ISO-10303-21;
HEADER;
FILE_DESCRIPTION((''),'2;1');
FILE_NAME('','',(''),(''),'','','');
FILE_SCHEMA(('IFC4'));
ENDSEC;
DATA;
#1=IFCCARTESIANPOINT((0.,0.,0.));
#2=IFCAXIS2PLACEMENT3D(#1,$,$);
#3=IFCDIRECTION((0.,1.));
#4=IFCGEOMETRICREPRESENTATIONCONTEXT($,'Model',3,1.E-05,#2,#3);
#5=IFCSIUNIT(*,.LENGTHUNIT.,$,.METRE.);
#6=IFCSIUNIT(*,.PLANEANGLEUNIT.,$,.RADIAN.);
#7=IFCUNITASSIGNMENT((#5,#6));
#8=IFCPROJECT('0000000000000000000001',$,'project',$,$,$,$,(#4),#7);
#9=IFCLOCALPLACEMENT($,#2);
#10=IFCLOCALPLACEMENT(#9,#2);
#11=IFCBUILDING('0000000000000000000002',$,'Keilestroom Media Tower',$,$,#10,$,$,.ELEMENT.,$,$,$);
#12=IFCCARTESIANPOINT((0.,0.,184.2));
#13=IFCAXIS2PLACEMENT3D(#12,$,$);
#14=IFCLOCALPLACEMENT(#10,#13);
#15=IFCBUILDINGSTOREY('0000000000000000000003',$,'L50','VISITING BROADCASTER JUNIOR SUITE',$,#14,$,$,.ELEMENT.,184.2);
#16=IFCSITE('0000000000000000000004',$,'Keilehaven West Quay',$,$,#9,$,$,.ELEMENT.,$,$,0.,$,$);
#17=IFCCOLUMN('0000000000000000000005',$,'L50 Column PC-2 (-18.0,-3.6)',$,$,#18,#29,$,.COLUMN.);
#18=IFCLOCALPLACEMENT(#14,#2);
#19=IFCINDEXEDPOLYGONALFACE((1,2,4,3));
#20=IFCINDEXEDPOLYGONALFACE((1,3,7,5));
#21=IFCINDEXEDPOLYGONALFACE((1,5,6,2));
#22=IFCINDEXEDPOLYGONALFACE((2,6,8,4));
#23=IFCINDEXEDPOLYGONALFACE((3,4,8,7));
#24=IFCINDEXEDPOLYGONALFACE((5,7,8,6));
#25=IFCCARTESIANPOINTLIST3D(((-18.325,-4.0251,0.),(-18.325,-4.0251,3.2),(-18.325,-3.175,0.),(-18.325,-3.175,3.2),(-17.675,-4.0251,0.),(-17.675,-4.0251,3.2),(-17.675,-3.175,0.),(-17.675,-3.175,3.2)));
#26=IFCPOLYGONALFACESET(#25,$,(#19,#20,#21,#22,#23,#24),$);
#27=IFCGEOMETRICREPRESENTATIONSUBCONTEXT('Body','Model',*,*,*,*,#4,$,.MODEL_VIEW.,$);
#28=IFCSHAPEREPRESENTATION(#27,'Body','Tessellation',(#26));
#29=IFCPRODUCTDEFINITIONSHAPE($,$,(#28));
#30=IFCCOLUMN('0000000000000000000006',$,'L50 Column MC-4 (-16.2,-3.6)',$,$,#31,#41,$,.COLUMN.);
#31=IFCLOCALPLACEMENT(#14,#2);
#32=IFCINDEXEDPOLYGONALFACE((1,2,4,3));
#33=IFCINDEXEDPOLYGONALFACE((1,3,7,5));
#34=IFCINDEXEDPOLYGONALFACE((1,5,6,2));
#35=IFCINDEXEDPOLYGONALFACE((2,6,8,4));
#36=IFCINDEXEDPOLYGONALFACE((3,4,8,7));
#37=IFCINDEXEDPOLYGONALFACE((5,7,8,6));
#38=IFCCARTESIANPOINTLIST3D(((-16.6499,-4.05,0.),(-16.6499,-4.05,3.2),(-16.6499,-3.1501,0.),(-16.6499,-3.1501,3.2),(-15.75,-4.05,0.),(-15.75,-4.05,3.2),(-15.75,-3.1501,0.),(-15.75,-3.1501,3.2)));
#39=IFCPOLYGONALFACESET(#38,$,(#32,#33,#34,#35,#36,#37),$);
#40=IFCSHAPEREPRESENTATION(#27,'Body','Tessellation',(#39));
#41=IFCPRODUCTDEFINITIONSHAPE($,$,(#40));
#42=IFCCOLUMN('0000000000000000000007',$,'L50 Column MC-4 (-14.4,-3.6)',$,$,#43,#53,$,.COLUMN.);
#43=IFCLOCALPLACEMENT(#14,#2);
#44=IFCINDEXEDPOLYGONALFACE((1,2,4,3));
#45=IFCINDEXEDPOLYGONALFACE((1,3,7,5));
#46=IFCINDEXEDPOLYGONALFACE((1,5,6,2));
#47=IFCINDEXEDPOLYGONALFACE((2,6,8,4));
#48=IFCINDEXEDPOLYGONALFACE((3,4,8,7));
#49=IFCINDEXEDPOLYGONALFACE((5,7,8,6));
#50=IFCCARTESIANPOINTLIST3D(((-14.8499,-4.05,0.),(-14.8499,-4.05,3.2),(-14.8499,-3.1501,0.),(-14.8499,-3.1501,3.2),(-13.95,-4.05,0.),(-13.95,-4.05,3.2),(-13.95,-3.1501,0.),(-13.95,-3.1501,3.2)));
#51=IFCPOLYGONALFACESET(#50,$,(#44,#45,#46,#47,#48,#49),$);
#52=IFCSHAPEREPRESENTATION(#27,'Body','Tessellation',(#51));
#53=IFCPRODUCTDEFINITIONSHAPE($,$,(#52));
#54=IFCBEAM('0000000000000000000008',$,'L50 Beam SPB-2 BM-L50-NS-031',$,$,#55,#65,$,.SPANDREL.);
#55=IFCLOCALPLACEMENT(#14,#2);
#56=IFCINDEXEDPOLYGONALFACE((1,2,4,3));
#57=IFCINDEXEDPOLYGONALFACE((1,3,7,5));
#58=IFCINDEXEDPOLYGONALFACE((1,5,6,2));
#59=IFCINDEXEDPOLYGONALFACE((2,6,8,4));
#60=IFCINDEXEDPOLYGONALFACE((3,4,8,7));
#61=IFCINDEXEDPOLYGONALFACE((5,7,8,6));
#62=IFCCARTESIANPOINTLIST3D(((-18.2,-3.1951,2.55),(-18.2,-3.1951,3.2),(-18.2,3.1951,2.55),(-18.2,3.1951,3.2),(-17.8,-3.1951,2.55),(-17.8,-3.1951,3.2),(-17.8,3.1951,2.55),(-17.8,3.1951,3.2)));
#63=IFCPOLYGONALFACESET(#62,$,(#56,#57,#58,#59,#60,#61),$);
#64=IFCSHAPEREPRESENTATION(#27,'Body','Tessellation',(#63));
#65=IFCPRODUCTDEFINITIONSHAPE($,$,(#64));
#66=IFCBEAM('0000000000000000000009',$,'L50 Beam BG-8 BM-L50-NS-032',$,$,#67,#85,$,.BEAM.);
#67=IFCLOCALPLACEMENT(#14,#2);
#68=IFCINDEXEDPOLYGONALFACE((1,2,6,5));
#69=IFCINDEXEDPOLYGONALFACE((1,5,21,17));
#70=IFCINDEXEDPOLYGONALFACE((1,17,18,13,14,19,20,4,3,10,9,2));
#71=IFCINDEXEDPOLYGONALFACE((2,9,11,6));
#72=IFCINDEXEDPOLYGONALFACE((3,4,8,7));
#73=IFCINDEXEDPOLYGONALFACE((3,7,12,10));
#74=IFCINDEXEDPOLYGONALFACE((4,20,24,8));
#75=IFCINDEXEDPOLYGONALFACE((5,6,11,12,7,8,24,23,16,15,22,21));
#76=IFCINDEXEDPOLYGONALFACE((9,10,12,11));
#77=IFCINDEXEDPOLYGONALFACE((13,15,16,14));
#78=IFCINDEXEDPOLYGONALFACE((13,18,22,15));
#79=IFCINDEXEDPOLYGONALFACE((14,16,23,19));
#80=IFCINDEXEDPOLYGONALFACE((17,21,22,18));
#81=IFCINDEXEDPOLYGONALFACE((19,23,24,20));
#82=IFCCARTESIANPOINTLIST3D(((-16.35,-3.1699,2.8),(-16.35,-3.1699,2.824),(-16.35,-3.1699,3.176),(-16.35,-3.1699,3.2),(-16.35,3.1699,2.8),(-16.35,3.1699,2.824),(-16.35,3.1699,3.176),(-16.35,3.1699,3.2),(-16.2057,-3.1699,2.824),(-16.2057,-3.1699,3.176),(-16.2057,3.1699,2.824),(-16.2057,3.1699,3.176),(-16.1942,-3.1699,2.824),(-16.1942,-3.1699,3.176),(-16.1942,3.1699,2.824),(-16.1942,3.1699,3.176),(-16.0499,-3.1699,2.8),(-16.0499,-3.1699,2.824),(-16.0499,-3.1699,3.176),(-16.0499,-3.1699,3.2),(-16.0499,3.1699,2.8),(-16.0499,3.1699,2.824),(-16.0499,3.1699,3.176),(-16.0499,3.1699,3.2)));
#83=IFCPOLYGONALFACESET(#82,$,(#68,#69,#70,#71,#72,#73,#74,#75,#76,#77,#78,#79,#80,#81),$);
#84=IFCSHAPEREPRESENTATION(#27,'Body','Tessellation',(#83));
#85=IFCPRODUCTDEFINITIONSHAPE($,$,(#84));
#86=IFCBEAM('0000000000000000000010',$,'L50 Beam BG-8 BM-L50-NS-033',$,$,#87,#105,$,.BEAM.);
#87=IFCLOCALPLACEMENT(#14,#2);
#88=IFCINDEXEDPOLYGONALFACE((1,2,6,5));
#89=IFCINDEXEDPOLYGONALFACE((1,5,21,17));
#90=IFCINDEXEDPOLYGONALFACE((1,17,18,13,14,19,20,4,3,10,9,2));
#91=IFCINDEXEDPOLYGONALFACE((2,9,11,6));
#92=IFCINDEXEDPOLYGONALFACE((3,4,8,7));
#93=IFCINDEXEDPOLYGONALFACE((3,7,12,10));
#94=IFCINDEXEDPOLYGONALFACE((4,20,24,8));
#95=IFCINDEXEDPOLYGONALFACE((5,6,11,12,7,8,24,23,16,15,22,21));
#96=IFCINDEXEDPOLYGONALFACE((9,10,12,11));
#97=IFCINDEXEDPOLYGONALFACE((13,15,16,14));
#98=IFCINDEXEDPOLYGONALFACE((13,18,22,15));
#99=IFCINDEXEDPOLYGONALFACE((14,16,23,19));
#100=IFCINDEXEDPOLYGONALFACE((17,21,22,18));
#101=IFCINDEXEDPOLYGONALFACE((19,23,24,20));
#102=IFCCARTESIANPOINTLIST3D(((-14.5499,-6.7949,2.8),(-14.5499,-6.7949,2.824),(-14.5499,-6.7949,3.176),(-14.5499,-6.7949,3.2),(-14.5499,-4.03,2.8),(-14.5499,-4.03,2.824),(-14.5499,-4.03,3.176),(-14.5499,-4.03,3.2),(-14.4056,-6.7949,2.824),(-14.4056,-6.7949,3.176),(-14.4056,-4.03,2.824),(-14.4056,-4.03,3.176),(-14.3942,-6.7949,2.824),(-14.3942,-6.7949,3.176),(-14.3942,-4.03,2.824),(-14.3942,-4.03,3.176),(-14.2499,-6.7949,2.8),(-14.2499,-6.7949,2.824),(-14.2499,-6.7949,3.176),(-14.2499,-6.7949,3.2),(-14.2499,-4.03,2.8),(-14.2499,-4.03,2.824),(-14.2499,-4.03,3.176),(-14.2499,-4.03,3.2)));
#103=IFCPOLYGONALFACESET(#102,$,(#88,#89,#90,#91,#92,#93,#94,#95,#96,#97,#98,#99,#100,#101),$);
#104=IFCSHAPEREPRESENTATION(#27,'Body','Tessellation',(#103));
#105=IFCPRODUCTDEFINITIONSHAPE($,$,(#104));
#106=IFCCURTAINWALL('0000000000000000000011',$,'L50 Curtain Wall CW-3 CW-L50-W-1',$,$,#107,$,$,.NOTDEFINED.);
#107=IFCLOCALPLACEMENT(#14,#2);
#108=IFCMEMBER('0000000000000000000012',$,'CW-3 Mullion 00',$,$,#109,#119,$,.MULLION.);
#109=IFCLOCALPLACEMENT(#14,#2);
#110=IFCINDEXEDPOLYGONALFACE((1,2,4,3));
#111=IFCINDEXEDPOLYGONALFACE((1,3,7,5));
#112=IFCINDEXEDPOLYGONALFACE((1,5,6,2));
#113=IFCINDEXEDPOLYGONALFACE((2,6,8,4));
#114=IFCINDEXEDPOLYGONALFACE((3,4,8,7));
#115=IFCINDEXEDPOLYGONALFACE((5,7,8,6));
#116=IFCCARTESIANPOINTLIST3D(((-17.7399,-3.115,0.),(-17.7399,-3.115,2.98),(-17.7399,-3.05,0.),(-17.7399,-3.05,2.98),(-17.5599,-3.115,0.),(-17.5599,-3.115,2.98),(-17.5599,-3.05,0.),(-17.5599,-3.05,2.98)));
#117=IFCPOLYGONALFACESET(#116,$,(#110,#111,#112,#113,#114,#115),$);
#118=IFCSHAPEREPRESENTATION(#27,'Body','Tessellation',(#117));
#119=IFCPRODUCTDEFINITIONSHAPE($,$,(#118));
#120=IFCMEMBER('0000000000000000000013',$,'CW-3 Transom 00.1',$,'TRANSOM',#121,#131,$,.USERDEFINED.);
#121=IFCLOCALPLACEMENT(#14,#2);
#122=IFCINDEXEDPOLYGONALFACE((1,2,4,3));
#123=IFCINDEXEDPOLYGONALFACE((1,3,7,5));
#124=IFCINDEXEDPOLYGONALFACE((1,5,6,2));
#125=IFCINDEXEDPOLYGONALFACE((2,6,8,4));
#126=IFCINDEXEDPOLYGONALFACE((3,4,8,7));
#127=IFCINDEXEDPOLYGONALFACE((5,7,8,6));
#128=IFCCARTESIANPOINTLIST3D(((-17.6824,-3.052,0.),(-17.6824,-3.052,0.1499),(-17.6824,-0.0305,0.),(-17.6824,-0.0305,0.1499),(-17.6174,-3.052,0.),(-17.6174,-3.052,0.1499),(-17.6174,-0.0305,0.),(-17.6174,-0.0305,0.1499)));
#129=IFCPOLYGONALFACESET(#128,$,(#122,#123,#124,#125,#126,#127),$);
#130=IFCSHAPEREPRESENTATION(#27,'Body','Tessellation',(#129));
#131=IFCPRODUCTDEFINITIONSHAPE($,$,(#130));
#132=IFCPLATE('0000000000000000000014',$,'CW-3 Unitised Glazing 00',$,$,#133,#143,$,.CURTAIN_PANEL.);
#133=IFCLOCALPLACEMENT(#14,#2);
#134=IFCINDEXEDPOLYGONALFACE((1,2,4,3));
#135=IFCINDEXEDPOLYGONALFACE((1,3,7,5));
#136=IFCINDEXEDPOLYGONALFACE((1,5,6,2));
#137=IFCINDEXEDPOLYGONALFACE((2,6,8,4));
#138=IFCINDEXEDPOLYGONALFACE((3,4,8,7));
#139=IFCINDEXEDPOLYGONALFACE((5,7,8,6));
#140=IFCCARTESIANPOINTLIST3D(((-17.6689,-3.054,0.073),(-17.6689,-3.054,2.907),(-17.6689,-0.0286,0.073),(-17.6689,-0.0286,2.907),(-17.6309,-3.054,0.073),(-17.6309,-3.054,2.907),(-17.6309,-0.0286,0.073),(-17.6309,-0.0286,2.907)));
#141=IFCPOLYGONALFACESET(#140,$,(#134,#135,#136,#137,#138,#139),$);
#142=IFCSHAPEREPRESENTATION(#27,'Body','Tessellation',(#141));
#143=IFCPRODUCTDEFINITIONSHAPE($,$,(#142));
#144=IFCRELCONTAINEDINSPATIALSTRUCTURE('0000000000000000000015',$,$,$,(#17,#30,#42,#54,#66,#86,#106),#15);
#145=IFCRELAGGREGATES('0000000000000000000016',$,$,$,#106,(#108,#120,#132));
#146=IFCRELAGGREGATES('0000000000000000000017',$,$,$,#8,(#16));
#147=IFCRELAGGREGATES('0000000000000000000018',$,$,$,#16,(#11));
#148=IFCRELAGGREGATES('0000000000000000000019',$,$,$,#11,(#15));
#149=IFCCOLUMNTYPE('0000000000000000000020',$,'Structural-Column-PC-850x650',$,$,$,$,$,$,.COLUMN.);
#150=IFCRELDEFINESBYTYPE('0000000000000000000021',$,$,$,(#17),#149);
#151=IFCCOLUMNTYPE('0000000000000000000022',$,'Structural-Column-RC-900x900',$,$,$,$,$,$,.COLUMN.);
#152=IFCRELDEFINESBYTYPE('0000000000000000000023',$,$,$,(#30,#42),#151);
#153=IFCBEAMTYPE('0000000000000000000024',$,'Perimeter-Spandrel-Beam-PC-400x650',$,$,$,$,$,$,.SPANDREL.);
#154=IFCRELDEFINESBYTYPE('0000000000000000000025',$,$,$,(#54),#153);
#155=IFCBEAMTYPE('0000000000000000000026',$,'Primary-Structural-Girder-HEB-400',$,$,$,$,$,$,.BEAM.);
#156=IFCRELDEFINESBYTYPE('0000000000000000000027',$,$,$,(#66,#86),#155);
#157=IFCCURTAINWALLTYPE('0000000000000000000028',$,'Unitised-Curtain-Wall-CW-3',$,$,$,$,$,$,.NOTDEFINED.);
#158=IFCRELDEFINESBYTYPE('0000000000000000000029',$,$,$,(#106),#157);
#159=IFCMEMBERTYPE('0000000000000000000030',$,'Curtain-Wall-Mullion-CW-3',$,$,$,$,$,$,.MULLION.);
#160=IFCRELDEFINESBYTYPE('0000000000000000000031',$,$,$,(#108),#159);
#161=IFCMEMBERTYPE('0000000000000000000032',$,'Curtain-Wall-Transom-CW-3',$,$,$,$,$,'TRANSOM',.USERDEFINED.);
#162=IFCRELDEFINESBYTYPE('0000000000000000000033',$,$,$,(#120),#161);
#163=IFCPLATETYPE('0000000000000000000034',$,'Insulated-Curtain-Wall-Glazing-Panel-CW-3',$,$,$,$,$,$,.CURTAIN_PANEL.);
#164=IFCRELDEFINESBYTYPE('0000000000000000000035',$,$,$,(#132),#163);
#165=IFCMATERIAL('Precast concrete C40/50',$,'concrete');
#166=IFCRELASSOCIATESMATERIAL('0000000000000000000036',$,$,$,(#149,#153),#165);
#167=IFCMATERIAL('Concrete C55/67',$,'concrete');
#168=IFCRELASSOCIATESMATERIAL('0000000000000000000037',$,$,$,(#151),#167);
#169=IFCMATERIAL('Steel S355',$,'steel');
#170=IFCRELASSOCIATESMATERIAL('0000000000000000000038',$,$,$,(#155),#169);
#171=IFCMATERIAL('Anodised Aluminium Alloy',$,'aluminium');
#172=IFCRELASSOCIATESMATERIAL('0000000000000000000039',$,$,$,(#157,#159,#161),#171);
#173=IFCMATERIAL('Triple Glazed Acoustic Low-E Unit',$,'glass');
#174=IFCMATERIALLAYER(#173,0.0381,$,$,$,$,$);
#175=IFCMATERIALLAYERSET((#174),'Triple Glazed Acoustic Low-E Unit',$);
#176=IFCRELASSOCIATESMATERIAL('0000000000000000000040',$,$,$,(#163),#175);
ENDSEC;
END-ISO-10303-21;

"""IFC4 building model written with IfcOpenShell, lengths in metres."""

from ifc_helpers import new_model, si_unit, direction, frame, origin, origin_2d, place, context, subcontext, project, spatial, rectangle, i_section, extrude, source, transform, mapped, material, layer, layer_set, material_profile, profile_set, type_object, element, aggregate, save


model = new_model("IFC4")

# Units and contexts
model_context = context("Model", 3, precision=1e-05, world=origin(), true_north=direction((0.0, 1.0)))
body_context = subcontext(model_context, "Body", "Model", "MODEL_VIEW")
ifc_project = project(units=[si_unit("LENGTHUNIT", "METRE"), si_unit("PLANEANGLEUNIT", "RADIAN")], contexts=[model_context])

# Site, building, storey
site_placement = place(None, origin())
site = spatial("IfcSite", under=ifc_project, at=site_placement, Name="Keilehaven West Quay", CompositionType="ELEMENT", RefElevation=0.0)
building_placement = place(site_placement, origin())
building = spatial("IfcBuilding", under=site, at=building_placement, Name="Keilestroom Media Tower", CompositionType="ELEMENT")
storey_placement = place(building_placement, frame((0.0, 0.0, 184.2)))
storey = spatial("IfcBuildingStorey", under=building, at=storey_placement, Name="L50", Description="VISITING BROADCASTER JUNIOR SUITE", CompositionType="ELEMENT", Elevation=184.2)

# Columns
ifc_material_1 = material(Name="Precast concrete C40/50", Category="concrete")
ifc_material_profile_1 = material_profile(ifc_material_1, rectangle(XDim=0.6499, YDim=0.8501, at=origin_2d()), Name="PC 850x650")
ifc_profile_set_1 = profile_set([ifc_material_profile_1], Name="Precast concrete C40/50")
column_type_1 = type_object("IfcColumnType", Name="Structural-Column-PC-850x650", PredefinedType="COLUMN", material=ifc_profile_set_1)
shared_shape_1 = source(origin(), body_context, "Body", "SweptSolid", [
    extrude(rectangle(XDim=0.6499, YDim=0.8501, at=origin_2d()), origin(), (0.0, 0.0, 1.0), 3.2),
])
column_placement = place(storey_placement, frame((-18.0, -3.6001, 0.0), z_axis=(0.0, 0.0, 1.0), x_axis=(1.0, 0.0, 0.0)))
element("IfcColumn", 1, at=column_placement, inside=storey, type_object=column_type_1, Name="L50 Column PC-2 (-18.0,-3.6)", PredefinedType="COLUMN", context=body_context, shape_type="MappedRepresentation", body=[
    mapped(shared_shape_1, transform((0.0, 0.0, 0.0), x_axis=(1.0, 0.0, 0.0), y_axis=(0.0, 1.0, 0.0), z_axis=(0.0, 0.0, 1.0), scale=1.0)),
])
ifc_material_2 = material(Name="Concrete C55/67", Category="concrete")
ifc_material_profile_2 = material_profile(ifc_material_2, rectangle(XDim=0.8999, YDim=0.8999, at=origin_2d()), Name="RC 900x900")
ifc_profile_set_2 = profile_set([ifc_material_profile_2], Name="Concrete C55/67")
column_type_2 = type_object("IfcColumnType", Name="Structural-Column-RC-900x900", PredefinedType="COLUMN", material=ifc_profile_set_2)
shared_shape_2 = source(origin(), body_context, "Body", "SweptSolid", [
    extrude(rectangle(XDim=0.8999, YDim=0.8999, at=origin_2d()), origin(), (0.0, 0.0, 1.0), 3.2),
])
for number, where, z_axis, x_axis, name in (
    (2, (-16.2, -3.6001, 0.0), (0.0, 0.0, 1.0), (1.0, 0.0, 0.0), "L50 Column MC-4 (-16.2,-3.6)"),
    (3, (-14.3999, -3.6001, 0.0), (0.0, 0.0, 1.0), (1.0, 0.0, 0.0), "L50 Column MC-4 (-14.4,-3.6)"),
):
    element("IfcColumn", number, at=place(storey_placement, frame(where, z_axis=z_axis, x_axis=x_axis)), inside=storey, type_object=column_type_2, Name=name, PredefinedType="COLUMN", context=body_context, shape_type="MappedRepresentation", body=[
        mapped(shared_shape_2, transform((0.0, 0.0, 0.0), x_axis=(1.0, 0.0, 0.0), y_axis=(0.0, 1.0, 0.0), z_axis=(0.0, 0.0, 1.0), scale=1.0)),
    ])

# Beams
ifc_material_profile_3 = material_profile(ifc_material_1, rectangle(XDim=0.3999, YDim=0.6499, at=origin_2d()), Name="PC 400x650")
ifc_profile_set_3 = profile_set([ifc_material_profile_3], Name="Precast concrete C40/50")
beam_type_1 = type_object("IfcBeamType", Name="Perimeter-Spandrel-Beam-PC-400x650", PredefinedType="SPANDREL", material=ifc_profile_set_3)
shared_shape_3 = source(origin(), body_context, "Body", "SweptSolid", [
    extrude(rectangle(XDim=0.3999, YDim=0.6499, at=origin_2d()), origin(), (0.0, 0.0, 1.0), 6.3901),
])
beam_1_placement = place(storey_placement, frame((-18.0, -3.1951, 2.875), z_axis=(0.0, 1.0, 0.0), x_axis=(-1.0, 0.0, 0.0)))
element("IfcBeam", 4, at=beam_1_placement, inside=storey, type_object=beam_type_1, Name="L50 Beam SPB-2 BM-L50-NS-031", PredefinedType="SPANDREL", context=body_context, shape_type="MappedRepresentation", body=[
    mapped(shared_shape_3, transform((0.0, 0.0, 0.0), x_axis=(1.0, 0.0, 0.0), y_axis=(0.0, 1.0, 0.0), z_axis=(0.0, 0.0, 1.0), scale=1.0)),
])
ifc_material_3 = material(Name="Steel S355", Category="steel")
ifc_material_profile_4 = material_profile(ifc_material_3, i_section(OverallWidth=0.3, OverallDepth=0.3999, WebThickness=0.0115, FlangeThickness=0.0239, at=origin_2d()), Name="HEB 400")
ifc_profile_set_4 = profile_set([ifc_material_profile_4], Name="Steel S355")
beam_type_2 = type_object("IfcBeamType", Name="Primary-Structural-Girder-HEB-400", PredefinedType="BEAM", material=ifc_profile_set_4)
shared_shape_4 = source(origin(), body_context, "Body", "SweptSolid", [
    extrude(i_section(OverallWidth=0.3, OverallDepth=0.3999, WebThickness=0.0115, FlangeThickness=0.0239, at=origin_2d()), origin(), (0.0, 0.0, 1.0), 6.3398),
])
beam_2_placement = place(storey_placement, frame((-16.2, -3.1699, 3.0), z_axis=(0.0, 1.0, 0.0), x_axis=(-1.0, 0.0, 0.0)))
element("IfcBeam", 5, at=beam_2_placement, inside=storey, type_object=beam_type_2, Name="L50 Beam BG-8 BM-L50-NS-032", PredefinedType="BEAM", context=body_context, shape_type="MappedRepresentation", body=[
    mapped(shared_shape_4, transform((0.0, 0.0, 0.0), x_axis=(1.0, 0.0, 0.0), y_axis=(0.0, 1.0, 0.0), z_axis=(0.0, 0.0, 1.0), scale=1.0)),
])
shared_shape_5 = source(origin(), body_context, "Body", "SweptSolid", [
    extrude(i_section(OverallWidth=0.3, OverallDepth=0.3999, WebThickness=0.0115, FlangeThickness=0.0239, at=origin_2d()), origin(), (0.0, 0.0, 1.0), 2.7649),
])
beam_3_placement = place(storey_placement, frame((-14.3999, -6.7949, 3.0), z_axis=(0.0, 1.0, 0.0), x_axis=(-1.0, 0.0, 0.0)))
element("IfcBeam", 6, at=beam_3_placement, inside=storey, type_object=beam_type_2, Name="L50 Beam BG-8 BM-L50-NS-033", PredefinedType="BEAM", context=body_context, shape_type="MappedRepresentation", body=[
    mapped(shared_shape_5, transform((0.0, 0.0, 0.0), x_axis=(1.0, 0.0, 0.0), y_axis=(0.0, 1.0, 0.0), z_axis=(0.0, 0.0, 1.0), scale=1.0)),
])

# Curtain wall, members, plate
ifc_material_4 = material(Name="Anodised Aluminium Alloy", Category="aluminium")
curtain_wall_type = type_object("IfcCurtainWallType", Name="Unitised-Curtain-Wall-CW-3", PredefinedType="NOTDEFINED", material=ifc_material_4)
curtain_wall_placement = place(storey_placement, origin())
curtain_wall = element("IfcCurtainWall", 7, at=curtain_wall_placement, inside=storey, type_object=curtain_wall_type, Name="L50 Curtain Wall CW-3 CW-L50-W-1", PredefinedType="NOTDEFINED")
ifc_material_profile_5 = material_profile(ifc_material_4, rectangle(XDim=0.0649, YDim=0.1799, at=origin_2d()), Name="ALU MULLION 65x180")
ifc_profile_set_5 = profile_set([ifc_material_profile_5], Name="Anodised Aluminium Alloy")
member_type_1 = type_object("IfcMemberType", Name="Curtain-Wall-Mullion-CW-3", PredefinedType="MULLION", material=ifc_profile_set_5)
shared_shape_6 = source(origin(), body_context, "Body", "SweptSolid", [
    extrude(rectangle(XDim=0.0649, YDim=0.1799, at=origin_2d()), origin(), (0.0, 0.0, 1.0), 2.98),
])
member_1_placement = place(storey_placement, frame((-17.6499, -3.0825, 0.0), z_axis=(0.0, 0.0, 1.0), x_axis=(0.0, 1.0, 0.0)))
member_1 = element("IfcMember", 8, at=member_1_placement, type_object=member_type_1, Name="CW-3 Mullion 00", PredefinedType="MULLION", context=body_context, shape_type="MappedRepresentation", body=[
    mapped(shared_shape_6, transform((0.0, 0.0, 0.0), x_axis=(1.0, 0.0, 0.0), y_axis=(0.0, 1.0, 0.0), z_axis=(0.0, 0.0, 1.0), scale=1.0)),
])
ifc_material_profile_6 = material_profile(ifc_material_4, rectangle(XDim=0.0649, YDim=0.1499, at=origin_2d()), Name="ALU TRANSOM 65x150")
ifc_profile_set_6 = profile_set([ifc_material_profile_6], Name="Anodised Aluminium Alloy")
member_type_2 = type_object("IfcMemberType", Name="Curtain-Wall-Transom-CW-3", ElementType="TRANSOM", PredefinedType="USERDEFINED", material=ifc_profile_set_6)
shared_shape_7 = source(origin(), body_context, "Body", "SweptSolid", [
    extrude(rectangle(XDim=0.0649, YDim=0.1499, at=origin_2d()), origin(), (0.0, 0.0, 1.0), 3.0215),
])
member_2_placement = place(storey_placement, frame((-17.6499, -3.052, 0.075), z_axis=(0.0, 1.0, 0.0), x_axis=(-1.0, 0.0, 0.0)))
member_2 = element("IfcMember", 9, at=member_2_placement, type_object=member_type_2, Name="CW-3 Transom 00.1", ObjectType="TRANSOM", PredefinedType="USERDEFINED", context=body_context, shape_type="MappedRepresentation", body=[
    mapped(shared_shape_7, transform((0.0, 0.0, 0.0), x_axis=(1.0, 0.0, 0.0), y_axis=(0.0, 1.0, 0.0), z_axis=(0.0, 0.0, 1.0), scale=1.0)),
])
ifc_material_5 = material(Name="Triple Glazed Acoustic Low-E Unit", Category="glass")
ifc_layer_1 = layer(ifc_material_5, 0.0381)
ifc_layer_set_1 = layer_set([ifc_layer_1], Name="Triple Glazed Acoustic Low-E Unit")
plate_type = type_object("IfcPlateType", Name="Insulated-Curtain-Wall-Glazing-Panel-CW-3", PredefinedType="CURTAIN_PANEL", material=ifc_layer_set_1)
shared_shape_8 = source(origin(), body_context, "Body", "SweptSolid", [
    extrude(rectangle(XDim=3.0254, YDim=0.0381, at=origin_2d()), origin(), (0.0, 0.0, 1.0), 2.834),
])
plate_placement = place(storey_placement, frame((-17.6499, -1.5413, 0.073), z_axis=(0.0, 0.0, 1.0), x_axis=(0.0, 1.0, 0.0)))
plate = element("IfcPlate", 10, at=plate_placement, type_object=plate_type, Name="CW-3 Unitised Glazing 00", PredefinedType="CURTAIN_PANEL", context=body_context, shape_type="MappedRepresentation", body=[
    mapped(shared_shape_8, transform((0.0, 0.0, 0.0), x_axis=(1.0, 0.0, 0.0), y_axis=(0.0, 1.0, 0.0), z_axis=(0.0, 0.0, 1.0), scale=1.0)),
])
aggregate(curtain_wall, [member_1, member_2, plate])

save(model, "model.ifc")
